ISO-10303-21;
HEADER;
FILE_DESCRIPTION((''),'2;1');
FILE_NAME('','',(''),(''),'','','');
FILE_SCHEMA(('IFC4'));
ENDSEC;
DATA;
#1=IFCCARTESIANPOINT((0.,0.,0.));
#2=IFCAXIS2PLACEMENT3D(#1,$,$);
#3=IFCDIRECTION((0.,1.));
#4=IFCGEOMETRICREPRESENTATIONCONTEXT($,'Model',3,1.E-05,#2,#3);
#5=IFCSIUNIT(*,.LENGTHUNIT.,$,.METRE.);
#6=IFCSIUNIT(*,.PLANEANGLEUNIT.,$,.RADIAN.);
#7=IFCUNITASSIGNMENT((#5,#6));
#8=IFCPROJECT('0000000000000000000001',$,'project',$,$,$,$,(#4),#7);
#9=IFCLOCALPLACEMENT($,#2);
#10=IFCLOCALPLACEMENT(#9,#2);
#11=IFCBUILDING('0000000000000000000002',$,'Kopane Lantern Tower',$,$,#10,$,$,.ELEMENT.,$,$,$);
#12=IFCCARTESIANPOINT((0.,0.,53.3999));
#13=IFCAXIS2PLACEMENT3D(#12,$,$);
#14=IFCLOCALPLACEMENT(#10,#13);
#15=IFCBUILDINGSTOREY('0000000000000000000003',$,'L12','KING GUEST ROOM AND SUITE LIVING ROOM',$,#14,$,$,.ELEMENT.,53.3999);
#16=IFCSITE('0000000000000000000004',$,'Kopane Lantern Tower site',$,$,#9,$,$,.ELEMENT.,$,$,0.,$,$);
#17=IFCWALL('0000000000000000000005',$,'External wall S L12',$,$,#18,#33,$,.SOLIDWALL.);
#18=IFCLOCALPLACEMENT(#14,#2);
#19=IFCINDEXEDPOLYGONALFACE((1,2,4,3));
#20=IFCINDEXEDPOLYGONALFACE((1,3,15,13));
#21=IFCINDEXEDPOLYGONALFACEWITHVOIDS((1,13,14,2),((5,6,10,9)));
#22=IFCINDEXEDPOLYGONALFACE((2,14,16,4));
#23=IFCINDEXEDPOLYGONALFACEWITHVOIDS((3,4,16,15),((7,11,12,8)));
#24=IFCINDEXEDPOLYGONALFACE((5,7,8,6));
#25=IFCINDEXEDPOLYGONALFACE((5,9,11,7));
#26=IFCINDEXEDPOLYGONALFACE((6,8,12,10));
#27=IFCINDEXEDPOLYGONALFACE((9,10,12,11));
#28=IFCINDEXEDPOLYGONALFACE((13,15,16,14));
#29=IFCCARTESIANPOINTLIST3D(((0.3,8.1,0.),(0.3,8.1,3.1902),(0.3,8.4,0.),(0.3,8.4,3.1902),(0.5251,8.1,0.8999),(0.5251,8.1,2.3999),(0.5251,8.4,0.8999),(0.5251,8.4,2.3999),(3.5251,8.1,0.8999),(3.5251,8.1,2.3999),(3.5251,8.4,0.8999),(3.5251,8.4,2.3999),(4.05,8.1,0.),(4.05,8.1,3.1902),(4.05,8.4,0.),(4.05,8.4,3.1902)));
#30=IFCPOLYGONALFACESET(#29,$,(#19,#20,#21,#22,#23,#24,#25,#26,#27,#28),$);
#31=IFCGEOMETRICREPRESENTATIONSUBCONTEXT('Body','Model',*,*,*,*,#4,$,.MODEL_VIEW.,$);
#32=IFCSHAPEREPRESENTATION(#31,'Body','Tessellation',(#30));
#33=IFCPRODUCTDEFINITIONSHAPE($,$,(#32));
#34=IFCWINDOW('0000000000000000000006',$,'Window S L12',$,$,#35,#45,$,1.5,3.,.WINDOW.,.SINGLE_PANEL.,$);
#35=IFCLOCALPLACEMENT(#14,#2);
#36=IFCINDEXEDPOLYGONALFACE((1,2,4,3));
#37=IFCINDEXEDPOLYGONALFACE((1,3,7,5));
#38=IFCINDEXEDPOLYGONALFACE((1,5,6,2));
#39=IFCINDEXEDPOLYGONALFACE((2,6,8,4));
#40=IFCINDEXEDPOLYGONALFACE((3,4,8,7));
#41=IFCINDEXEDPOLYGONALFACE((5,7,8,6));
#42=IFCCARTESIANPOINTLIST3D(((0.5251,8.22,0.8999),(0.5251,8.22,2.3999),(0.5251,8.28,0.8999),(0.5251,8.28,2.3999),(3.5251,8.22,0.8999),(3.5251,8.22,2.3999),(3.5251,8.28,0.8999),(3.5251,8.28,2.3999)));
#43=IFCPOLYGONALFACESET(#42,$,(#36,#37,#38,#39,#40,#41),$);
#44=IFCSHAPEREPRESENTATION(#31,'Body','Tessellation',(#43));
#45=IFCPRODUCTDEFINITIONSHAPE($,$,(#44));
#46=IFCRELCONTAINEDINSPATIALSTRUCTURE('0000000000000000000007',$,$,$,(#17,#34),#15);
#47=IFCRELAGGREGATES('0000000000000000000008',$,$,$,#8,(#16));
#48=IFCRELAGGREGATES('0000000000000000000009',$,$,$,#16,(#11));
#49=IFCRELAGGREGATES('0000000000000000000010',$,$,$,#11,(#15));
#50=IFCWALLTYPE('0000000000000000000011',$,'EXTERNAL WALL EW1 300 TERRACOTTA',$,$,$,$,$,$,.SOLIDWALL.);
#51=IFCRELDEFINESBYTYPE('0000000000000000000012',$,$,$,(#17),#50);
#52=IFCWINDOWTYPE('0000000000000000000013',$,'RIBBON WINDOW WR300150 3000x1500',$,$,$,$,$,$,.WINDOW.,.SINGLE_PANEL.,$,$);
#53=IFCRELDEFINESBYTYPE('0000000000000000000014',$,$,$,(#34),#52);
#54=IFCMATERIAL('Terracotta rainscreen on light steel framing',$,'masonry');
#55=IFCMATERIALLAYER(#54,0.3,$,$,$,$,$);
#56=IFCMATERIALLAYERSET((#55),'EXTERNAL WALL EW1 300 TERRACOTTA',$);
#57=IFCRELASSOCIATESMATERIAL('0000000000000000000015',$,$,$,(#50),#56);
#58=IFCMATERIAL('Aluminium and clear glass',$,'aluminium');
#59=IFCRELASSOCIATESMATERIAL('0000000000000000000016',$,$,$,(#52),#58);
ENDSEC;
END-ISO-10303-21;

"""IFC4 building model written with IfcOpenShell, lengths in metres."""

from ifc_helpers import new_model, si_unit, direction, frame, frame_2d, origin, place, context, subcontext, project, spatial, rectangle, extrude, material, layer, layer_set, type_object, element, fill, save


model = new_model("IFC4")

# Units and contexts
model_context = context("Model", 3, precision=1e-05, world=origin(), true_north=direction((0.0, 1.0)))
body_context = subcontext(model_context, "Body", "Model", "MODEL_VIEW")
ifc_project = project(units=[si_unit("LENGTHUNIT", "METRE"), si_unit("PLANEANGLEUNIT", "RADIAN")], contexts=[model_context])

# Site, building, storey
site_placement = place(None, origin())
site = spatial("IfcSite", under=ifc_project, at=site_placement, Name="Kopane Lantern Tower site", CompositionType="ELEMENT", RefElevation=0.0)
building_placement = place(site_placement, origin())
building = spatial("IfcBuilding", under=site, at=building_placement, Name="Kopane Lantern Tower", CompositionType="ELEMENT")
storey_placement = place(building_placement, frame((0.0, 0.0, 53.3999)))
storey = spatial("IfcBuildingStorey", under=building, at=storey_placement, Name="L12", Description="KING GUEST ROOM AND SUITE LIVING ROOM", CompositionType="ELEMENT", Elevation=53.3999)

# Wall, opening, window
ifc_material_1 = material(Name="Terracotta rainscreen on light steel framing", Category="masonry")
ifc_layer_1 = layer(ifc_material_1, 0.3)
ifc_layer_set_1 = layer_set([ifc_layer_1], Name="EXTERNAL WALL EW1 300 TERRACOTTA")
wall_type = type_object("IfcWallType", Name="EXTERNAL WALL EW1 300 TERRACOTTA", PredefinedType="SOLIDWALL", material=ifc_layer_set_1)
wall_placement = place(storey_placement, frame((0.3, 8.25, 0.0), z_axis=(0.0, 0.0, 1.0), x_axis=(1.0, 0.0, 0.0)))
wall = element("IfcWall", 1, at=wall_placement, inside=storey, type_object=wall_type, Name="External wall S L12", PredefinedType="SOLIDWALL", context=body_context, shape_type="SweptSolid", body=[
    extrude(rectangle(XDim=3.75, YDim=0.3, at=frame_2d((1.875, 0.0))), origin(), (0.0, 0.0, 1.0), 3.1902),
])
opening_placement = place(wall_placement, frame((0.2251, 0.0, 0.8999)))
opening = element("IfcOpeningElement", 2, at=opening_placement, cuts=wall, PredefinedType="OPENING", context=body_context, shape_type="SweptSolid", body=[
    extrude(rectangle(XDim=3.0, YDim=1.5, at=frame_2d((1.5, 0.75))), frame((0.0, 0.1599, 0.0), z_axis=(0.0, -1.0, 0.0), x_axis=(1.0, 0.0, 0.0)), (0.0, 0.0, 1.0), 0.3201),
])
ifc_material_2 = material(Name="Aluminium and clear glass", Category="aluminium")
window_type = type_object("IfcWindowType", Name="RIBBON WINDOW WR300150 3000x1500", PartitioningType="SINGLE_PANEL", PredefinedType="WINDOW", material=ifc_material_2)
window_placement = place(opening_placement, origin())
window = element("IfcWindow", 3, at=window_placement, inside=storey, type_object=window_type, Name="Window S L12", OverallHeight=1.5, OverallWidth=3.0, PartitioningType="SINGLE_PANEL", PredefinedType="WINDOW", context=body_context, shape_type="SweptSolid", body=[
    extrude(rectangle(XDim=3.0, YDim=1.5, at=frame_2d((1.5, 0.75))), frame((0.0, 0.03, 0.0), z_axis=(0.0, -1.0, 0.0), x_axis=(1.0, 0.0, 0.0)), (0.0, 0.0, 1.0), 0.0601),
])
fill(opening, window)

save(model, "model.ifc")
